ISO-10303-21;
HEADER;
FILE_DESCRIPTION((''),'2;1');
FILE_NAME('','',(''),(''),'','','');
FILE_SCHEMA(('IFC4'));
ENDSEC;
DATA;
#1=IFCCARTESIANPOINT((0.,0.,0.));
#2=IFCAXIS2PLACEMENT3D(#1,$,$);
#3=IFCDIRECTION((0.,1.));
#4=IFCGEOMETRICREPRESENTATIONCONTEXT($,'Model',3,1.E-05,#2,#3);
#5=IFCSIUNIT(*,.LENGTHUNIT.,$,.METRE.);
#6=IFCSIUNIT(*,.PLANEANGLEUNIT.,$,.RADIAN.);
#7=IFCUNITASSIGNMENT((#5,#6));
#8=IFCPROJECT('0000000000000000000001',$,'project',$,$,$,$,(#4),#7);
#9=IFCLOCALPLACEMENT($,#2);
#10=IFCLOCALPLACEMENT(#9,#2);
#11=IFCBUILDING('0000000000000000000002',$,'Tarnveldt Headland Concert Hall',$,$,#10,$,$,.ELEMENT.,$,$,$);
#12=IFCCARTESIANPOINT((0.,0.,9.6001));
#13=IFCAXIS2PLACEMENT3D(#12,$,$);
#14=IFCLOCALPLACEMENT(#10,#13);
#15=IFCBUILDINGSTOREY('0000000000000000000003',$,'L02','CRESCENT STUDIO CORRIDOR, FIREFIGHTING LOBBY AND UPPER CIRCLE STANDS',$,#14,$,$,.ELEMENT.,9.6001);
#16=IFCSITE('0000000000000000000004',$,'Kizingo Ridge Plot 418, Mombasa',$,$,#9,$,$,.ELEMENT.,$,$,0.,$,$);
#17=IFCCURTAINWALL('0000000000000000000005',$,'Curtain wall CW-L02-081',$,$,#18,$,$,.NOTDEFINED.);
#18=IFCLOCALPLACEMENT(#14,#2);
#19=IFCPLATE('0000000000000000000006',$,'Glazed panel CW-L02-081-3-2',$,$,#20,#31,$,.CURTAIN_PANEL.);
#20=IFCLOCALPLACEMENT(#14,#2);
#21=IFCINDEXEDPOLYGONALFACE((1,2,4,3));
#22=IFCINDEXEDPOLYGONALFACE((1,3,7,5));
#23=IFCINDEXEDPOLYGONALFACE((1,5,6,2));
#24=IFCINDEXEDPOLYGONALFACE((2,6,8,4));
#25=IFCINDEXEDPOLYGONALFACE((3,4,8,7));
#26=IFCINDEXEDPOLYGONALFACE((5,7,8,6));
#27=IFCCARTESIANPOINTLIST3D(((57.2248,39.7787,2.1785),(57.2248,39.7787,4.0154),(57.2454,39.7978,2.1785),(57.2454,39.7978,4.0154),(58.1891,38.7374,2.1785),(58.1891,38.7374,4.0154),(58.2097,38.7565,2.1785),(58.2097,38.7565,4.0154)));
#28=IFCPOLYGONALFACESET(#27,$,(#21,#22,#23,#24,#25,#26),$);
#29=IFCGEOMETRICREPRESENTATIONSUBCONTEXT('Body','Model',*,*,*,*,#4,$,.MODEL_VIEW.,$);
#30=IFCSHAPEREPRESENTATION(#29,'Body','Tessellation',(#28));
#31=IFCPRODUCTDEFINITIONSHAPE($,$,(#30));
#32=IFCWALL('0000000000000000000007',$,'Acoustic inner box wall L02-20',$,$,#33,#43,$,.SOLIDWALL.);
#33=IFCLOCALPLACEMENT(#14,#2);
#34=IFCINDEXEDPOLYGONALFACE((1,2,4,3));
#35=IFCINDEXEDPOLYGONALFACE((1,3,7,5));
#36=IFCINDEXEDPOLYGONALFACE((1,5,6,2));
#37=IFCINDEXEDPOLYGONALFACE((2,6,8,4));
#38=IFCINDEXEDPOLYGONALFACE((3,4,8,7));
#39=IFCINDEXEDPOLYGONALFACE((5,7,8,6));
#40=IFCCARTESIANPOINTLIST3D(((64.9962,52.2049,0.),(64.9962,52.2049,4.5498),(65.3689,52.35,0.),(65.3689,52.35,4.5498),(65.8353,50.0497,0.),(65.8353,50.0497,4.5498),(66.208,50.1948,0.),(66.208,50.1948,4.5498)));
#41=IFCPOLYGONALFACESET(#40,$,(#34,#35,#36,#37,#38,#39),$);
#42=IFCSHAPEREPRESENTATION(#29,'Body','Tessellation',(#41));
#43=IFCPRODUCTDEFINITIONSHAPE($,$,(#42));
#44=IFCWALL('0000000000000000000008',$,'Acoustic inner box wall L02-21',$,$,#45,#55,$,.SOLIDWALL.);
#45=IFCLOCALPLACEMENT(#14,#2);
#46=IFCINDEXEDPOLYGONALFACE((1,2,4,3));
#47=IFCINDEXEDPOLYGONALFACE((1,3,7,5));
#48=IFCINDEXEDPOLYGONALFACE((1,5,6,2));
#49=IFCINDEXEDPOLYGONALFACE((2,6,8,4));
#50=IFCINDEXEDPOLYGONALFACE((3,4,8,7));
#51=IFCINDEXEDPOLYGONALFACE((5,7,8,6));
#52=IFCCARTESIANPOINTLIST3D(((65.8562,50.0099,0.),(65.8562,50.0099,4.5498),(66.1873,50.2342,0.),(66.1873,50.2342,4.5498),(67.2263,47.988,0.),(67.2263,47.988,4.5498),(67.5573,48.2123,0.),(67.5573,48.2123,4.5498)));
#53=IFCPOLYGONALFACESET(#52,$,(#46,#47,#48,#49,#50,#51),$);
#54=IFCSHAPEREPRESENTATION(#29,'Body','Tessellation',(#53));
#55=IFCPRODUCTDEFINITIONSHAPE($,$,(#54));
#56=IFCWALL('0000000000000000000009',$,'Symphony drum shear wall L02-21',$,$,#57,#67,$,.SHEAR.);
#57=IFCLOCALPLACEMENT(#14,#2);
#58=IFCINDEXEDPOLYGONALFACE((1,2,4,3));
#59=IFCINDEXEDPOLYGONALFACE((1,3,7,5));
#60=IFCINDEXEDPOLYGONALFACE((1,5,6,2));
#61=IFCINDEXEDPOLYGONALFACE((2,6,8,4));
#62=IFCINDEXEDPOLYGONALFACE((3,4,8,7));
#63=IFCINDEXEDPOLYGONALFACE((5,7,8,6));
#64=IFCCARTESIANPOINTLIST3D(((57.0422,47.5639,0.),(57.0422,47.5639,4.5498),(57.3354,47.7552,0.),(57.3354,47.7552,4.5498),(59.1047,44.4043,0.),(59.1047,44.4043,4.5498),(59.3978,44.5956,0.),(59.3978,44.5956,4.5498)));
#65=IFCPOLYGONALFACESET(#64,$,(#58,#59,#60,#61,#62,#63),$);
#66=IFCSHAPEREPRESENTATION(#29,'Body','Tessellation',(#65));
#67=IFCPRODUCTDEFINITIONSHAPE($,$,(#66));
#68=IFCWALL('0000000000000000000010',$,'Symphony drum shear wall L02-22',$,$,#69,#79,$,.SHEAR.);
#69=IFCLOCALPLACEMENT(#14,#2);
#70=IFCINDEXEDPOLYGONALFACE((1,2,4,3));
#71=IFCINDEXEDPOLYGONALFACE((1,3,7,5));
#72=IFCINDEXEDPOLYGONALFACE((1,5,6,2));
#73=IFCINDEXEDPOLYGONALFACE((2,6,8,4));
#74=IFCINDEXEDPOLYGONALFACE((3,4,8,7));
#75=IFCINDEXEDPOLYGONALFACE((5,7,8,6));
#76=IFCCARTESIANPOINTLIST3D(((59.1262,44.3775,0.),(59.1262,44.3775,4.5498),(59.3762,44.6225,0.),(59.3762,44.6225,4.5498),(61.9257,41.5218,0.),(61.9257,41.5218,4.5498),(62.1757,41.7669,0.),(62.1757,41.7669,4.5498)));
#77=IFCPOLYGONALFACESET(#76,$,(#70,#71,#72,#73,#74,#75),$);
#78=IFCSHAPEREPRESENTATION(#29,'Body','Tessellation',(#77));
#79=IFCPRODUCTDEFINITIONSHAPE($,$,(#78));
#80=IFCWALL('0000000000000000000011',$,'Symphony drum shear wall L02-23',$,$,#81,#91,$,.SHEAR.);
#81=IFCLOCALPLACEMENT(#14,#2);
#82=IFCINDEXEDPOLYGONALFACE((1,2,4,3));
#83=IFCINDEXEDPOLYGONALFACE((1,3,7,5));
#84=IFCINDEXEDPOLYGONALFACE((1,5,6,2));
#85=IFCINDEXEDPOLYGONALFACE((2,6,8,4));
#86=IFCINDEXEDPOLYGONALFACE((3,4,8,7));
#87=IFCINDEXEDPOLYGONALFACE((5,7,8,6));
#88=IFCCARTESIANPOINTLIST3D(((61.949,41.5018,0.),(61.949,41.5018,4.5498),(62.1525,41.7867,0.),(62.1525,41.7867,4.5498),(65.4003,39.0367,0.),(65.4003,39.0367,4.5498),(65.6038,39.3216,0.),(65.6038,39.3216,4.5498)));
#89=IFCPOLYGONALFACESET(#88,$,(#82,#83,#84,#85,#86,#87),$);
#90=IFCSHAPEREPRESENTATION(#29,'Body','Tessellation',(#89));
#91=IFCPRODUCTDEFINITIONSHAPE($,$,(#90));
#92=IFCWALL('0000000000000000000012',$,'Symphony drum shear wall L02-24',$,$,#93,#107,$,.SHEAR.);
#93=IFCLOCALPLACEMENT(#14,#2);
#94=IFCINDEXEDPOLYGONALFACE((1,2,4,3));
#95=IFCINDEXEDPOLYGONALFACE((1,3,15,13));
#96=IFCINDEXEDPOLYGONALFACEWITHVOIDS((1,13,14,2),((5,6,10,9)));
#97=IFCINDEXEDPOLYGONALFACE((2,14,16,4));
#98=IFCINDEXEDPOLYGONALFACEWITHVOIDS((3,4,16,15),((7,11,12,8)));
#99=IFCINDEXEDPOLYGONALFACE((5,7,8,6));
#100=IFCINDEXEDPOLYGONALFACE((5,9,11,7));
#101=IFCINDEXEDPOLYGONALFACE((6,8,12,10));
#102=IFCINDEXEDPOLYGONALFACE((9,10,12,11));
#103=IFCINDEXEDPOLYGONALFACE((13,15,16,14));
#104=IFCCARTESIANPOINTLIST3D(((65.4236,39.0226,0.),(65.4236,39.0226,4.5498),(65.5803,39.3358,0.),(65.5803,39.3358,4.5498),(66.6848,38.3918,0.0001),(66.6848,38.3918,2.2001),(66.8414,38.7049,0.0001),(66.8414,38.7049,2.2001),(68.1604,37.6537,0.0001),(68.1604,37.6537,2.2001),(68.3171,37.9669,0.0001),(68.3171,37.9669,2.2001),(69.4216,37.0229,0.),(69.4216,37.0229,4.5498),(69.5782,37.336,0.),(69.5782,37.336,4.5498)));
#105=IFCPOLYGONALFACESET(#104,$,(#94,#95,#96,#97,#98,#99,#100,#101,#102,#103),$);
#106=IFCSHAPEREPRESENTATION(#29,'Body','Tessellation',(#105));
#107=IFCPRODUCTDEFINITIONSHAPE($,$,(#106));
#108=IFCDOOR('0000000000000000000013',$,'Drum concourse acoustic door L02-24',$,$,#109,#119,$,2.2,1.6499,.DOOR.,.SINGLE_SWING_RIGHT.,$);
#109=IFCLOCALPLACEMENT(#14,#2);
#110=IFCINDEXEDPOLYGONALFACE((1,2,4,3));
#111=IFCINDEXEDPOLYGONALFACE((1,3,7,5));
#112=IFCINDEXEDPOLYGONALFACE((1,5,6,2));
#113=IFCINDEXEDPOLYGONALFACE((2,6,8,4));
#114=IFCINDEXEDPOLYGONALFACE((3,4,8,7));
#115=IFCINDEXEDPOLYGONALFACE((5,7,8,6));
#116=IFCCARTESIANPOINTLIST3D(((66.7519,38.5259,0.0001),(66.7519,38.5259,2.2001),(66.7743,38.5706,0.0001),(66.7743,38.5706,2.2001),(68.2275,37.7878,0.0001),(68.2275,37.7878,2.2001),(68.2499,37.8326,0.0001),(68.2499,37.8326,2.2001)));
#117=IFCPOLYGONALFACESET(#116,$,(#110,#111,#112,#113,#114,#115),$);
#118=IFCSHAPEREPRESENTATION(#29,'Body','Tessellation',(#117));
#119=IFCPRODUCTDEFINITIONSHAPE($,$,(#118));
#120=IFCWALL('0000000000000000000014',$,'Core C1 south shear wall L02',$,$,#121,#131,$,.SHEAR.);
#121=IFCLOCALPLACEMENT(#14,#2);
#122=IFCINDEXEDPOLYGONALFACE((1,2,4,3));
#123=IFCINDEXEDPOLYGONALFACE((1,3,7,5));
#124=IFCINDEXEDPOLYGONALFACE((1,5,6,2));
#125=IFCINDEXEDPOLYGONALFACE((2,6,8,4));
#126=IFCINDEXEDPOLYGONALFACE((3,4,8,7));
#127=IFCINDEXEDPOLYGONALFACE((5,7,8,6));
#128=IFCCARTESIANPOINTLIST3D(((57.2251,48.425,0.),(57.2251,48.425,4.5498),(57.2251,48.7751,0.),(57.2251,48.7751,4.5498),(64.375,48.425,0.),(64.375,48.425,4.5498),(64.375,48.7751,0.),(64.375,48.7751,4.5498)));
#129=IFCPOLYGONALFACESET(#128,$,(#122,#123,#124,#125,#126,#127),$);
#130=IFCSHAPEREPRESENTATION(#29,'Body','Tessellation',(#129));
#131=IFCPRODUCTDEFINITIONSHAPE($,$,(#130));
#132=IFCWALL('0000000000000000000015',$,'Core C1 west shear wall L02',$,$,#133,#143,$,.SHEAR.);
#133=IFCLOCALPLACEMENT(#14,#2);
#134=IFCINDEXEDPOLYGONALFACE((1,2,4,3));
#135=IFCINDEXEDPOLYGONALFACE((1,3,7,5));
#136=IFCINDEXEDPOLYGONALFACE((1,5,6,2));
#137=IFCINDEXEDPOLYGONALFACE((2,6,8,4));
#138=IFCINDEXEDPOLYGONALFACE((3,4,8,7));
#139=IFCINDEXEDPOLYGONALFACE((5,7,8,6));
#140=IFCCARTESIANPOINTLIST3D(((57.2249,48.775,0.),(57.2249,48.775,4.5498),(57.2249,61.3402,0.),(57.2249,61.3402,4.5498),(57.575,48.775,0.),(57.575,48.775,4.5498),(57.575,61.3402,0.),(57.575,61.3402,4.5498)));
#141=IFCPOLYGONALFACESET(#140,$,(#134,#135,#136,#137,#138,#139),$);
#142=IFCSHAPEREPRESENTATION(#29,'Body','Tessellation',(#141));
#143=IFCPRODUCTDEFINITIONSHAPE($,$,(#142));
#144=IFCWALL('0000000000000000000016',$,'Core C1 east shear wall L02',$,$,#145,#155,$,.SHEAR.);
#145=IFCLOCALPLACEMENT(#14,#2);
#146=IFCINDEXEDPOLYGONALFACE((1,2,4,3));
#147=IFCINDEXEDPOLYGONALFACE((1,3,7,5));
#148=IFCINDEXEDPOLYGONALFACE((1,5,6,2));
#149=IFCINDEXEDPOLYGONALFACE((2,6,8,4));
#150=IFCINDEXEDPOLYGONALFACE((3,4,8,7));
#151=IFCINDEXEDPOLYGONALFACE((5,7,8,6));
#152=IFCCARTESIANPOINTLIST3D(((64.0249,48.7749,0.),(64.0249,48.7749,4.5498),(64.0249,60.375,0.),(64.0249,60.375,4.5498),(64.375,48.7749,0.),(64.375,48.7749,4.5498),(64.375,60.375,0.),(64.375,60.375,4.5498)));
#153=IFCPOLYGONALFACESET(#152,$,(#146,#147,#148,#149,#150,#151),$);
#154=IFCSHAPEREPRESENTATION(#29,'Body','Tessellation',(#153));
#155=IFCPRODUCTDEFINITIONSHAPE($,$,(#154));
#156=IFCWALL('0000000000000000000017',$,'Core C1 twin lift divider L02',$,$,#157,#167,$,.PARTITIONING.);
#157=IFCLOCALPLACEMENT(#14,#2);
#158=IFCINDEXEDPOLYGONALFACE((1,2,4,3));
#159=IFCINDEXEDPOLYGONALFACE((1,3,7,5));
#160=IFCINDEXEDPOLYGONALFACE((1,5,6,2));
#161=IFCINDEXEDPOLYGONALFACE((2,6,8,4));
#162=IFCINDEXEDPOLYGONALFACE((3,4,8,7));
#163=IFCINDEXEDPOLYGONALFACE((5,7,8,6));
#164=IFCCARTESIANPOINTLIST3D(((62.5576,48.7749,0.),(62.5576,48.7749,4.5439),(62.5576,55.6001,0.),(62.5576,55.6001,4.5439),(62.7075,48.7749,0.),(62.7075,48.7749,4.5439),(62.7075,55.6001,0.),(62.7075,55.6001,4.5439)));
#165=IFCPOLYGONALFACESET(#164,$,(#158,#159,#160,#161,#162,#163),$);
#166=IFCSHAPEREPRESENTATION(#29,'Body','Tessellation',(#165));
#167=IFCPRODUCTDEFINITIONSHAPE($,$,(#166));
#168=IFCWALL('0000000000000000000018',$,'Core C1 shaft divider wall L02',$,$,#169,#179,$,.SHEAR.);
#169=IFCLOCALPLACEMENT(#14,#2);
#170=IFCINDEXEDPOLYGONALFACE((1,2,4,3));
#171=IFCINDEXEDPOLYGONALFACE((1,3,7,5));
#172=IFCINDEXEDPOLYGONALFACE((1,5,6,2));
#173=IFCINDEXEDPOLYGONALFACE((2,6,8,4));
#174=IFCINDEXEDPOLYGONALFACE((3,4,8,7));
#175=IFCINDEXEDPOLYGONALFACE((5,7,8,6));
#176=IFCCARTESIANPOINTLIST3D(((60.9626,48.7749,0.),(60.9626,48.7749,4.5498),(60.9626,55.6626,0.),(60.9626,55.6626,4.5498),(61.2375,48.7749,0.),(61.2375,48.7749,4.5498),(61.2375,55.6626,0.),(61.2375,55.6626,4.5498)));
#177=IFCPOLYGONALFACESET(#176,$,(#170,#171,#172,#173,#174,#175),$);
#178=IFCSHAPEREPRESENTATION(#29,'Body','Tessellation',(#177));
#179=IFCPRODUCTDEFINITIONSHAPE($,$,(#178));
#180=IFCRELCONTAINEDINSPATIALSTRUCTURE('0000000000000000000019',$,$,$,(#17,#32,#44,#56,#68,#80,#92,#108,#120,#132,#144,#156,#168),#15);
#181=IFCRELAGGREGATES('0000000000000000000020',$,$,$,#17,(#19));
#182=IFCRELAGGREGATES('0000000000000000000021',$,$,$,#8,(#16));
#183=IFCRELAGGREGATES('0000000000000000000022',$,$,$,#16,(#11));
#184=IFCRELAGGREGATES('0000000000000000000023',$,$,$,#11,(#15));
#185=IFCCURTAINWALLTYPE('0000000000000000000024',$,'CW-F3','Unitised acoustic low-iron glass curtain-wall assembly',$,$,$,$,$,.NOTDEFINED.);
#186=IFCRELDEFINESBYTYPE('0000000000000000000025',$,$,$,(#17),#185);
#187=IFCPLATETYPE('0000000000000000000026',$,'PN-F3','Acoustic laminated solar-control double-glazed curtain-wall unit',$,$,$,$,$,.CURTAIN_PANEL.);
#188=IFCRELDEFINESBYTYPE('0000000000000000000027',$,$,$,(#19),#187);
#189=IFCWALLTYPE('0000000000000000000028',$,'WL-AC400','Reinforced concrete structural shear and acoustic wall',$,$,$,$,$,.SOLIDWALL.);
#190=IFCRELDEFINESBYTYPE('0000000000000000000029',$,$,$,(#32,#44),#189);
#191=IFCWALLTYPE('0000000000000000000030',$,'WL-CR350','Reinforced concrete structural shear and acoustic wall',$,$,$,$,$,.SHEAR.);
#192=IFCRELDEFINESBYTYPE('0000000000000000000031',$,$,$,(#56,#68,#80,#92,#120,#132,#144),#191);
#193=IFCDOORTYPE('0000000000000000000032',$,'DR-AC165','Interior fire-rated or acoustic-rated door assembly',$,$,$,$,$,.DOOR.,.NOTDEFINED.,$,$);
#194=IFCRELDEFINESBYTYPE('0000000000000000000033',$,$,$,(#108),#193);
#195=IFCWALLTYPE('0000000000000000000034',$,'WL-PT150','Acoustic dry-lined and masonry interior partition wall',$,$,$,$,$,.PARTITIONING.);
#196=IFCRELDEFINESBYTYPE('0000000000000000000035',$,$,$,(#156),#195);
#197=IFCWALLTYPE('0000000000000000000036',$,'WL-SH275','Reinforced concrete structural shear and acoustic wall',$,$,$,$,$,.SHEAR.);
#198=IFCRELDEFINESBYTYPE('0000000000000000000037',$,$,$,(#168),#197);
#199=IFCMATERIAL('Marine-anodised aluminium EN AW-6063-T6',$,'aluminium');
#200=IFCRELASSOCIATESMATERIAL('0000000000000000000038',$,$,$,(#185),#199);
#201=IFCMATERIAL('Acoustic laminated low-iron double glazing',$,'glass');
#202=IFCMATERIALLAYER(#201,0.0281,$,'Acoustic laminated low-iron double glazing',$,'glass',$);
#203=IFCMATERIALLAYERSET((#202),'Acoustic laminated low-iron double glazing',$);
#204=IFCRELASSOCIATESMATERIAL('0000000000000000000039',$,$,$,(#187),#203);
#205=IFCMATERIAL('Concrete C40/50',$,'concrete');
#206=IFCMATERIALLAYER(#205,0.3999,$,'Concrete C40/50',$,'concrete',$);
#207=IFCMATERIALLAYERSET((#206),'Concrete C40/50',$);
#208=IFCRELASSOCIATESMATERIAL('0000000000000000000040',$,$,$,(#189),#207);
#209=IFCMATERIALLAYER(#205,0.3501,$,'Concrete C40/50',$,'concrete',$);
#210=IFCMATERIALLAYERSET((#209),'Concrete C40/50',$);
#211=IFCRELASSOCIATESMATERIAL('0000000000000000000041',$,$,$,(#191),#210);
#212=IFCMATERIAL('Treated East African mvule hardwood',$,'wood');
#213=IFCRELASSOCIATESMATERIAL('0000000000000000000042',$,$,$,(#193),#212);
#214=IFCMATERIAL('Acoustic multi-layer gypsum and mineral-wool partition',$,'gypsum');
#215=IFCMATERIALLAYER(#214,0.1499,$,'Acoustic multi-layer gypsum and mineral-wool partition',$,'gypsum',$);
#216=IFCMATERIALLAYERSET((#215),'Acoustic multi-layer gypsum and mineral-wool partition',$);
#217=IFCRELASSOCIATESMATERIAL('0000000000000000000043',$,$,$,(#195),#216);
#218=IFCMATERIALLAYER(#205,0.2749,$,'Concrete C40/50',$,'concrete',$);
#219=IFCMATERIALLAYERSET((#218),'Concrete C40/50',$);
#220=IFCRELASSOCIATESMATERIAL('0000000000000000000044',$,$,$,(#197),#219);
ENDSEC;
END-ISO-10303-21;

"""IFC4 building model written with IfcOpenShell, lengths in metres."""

from ifc_helpers import new_model, si_unit, direction, frame, frame_2d, origin, origin_2d, place, context, subcontext, project, spatial, rectangle, extrude, material, layer, layer_set, type_object, element, fill, aggregate, save


model = new_model("IFC4")

# Units and contexts
model_context = context("Model", 3, precision=1e-05, world=origin(), true_north=direction((0.0, 1.0)))
body_context = subcontext(model_context, "Body", "Model", "MODEL_VIEW")
ifc_project = project(units=[si_unit("LENGTHUNIT", "METRE"), si_unit("PLANEANGLEUNIT", "RADIAN")], contexts=[model_context])

# Site, building, storey
site_placement = place(None, origin())
site = spatial("IfcSite", under=ifc_project, at=site_placement, Name="Kizingo Ridge Plot 418, Mombasa", CompositionType="ELEMENT", RefElevation=0.0)
building_placement = place(site_placement, origin())
building = spatial("IfcBuilding", under=site, at=building_placement, Name="Tarnveldt Headland Concert Hall", CompositionType="ELEMENT")
storey_placement = place(building_placement, frame((0.0, 0.0, 9.6001)))
storey = spatial("IfcBuildingStorey", under=building, at=storey_placement, Name="L02", Description="CRESCENT STUDIO CORRIDOR, FIREFIGHTING LOBBY AND UPPER CIRCLE STANDS", CompositionType="ELEMENT", Elevation=9.6001)

# Shared definitions
ifc_material_1 = material(Name="Concrete C40/50", Category="concrete")

# Curtain wall
ifc_material_2 = material(Name="Marine-anodised aluminium EN AW-6063-T6", Category="aluminium")
curtain_wall_type = type_object("IfcCurtainWallType", Name="CW-F3", Description="Unitised acoustic low-iron glass curtain-wall assembly", PredefinedType="NOTDEFINED", material=ifc_material_2)
curtain_wall_placement = place(storey_placement, origin())
curtain_wall = element("IfcCurtainWall", 1, at=curtain_wall_placement, inside=storey, type_object=curtain_wall_type, Name="Curtain wall CW-L02-081", PredefinedType="NOTDEFINED")

# Plate
ifc_material_3 = material(Name="Acoustic laminated low-iron double glazing", Category="glass")
ifc_layer_1 = layer(ifc_material_3, 0.0281, Name="Acoustic laminated low-iron double glazing", Category="glass")
ifc_layer_set_1 = layer_set([ifc_layer_1], Name="Acoustic laminated low-iron double glazing")
plate_type = type_object("IfcPlateType", Name="PN-F3", Description="Acoustic laminated solar-control double-glazed curtain-wall unit", PredefinedType="CURTAIN_PANEL", material=ifc_layer_set_1)
plate_1_placement = place(storey_placement, frame((57.7173, 39.2676, 2.1785), z_axis=(0.0, 0.0, 1.0), x_axis=(0.679467, -0.733706, 0.0)))
plate_1 = element("IfcPlate", 2, at=plate_1_placement, type_object=plate_type, Name="Glazed panel CW-L02-081-3-2", PredefinedType="CURTAIN_PANEL", context=body_context, shape_type="SweptSolid", body=[
    extrude(rectangle(XDim=1.4192, YDim=0.0281, at=origin_2d()), origin(), (0.0, 0.0, 1.0), 1.8369),
])
aggregate(curtain_wall, [plate_1])

# Walls
ifc_layer_2 = layer(ifc_material_1, 0.3999, Name="Concrete C40/50", Category="concrete")
ifc_layer_set_2 = layer_set([ifc_layer_2], Name="Concrete C40/50")
wall_type_1 = type_object("IfcWallType", Name="WL-AC400", Description="Reinforced concrete structural shear and acoustic wall", PredefinedType="SOLIDWALL", material=ifc_layer_set_2)
wall_1_placement = place(storey_placement, frame((65.1826, 52.2773, 0.0), z_axis=(0.0, 0.0, 1.0), x_axis=(0.362803, -0.931866, 0.0)))
element("IfcWall", 3, at=wall_1_placement, inside=storey, type_object=wall_type_1, Name="Acoustic inner box wall L02-20", PredefinedType="SOLIDWALL", context=body_context, shape_type="SweptSolid", body=[
    extrude(rectangle(XDim=2.3127, YDim=0.3999, at=frame_2d((1.1562, 0.0))), origin(), (0.0, 0.0, 1.0), 4.5498),
])
wall_2_placement = place(storey_placement, frame((66.0217, 50.1221, 0.0), z_axis=(0.0, 0.0, 1.0), x_axis=(0.560959, -0.827844, 0.0)))
element("IfcWall", 4, at=wall_2_placement, inside=storey, type_object=wall_type_1, Name="Acoustic inner box wall L02-21", PredefinedType="SOLIDWALL", context=body_context, shape_type="SweptSolid", body=[
    extrude(rectangle(XDim=2.4424, YDim=0.3999, at=frame_2d((1.2212, 0.0))), origin(), (0.0, 0.0, 1.0), 4.5498),
])
ifc_layer_3 = layer(ifc_material_1, 0.3501, Name="Concrete C40/50", Category="concrete")
ifc_layer_set_3 = layer_set([ifc_layer_3], Name="Concrete C40/50")
wall_type_2 = type_object("IfcWallType", Name="WL-CR350", Description="Reinforced concrete structural shear and acoustic wall", PredefinedType="SHEAR", material=ifc_layer_set_3)
wall_3_placement = place(storey_placement, frame((57.1887, 47.6597, 0.0), z_axis=(0.0, 0.0, 1.0), x_axis=(0.546611, -0.837387, 0.0)))
element("IfcWall", 5, at=wall_3_placement, inside=storey, type_object=wall_type_2, Name="Symphony drum shear wall L02-21", PredefinedType="SHEAR", context=body_context, shape_type="SweptSolid", body=[
    extrude(rectangle(XDim=3.7732, YDim=0.3501, at=frame_2d((1.8867, 0.0))), origin(), (0.0, 0.0, 1.0), 4.5498),
])
wall_4_placement = place(storey_placement, frame((59.2512, 44.5, 0.0), z_axis=(0.0, 0.0, 1.0), x_axis=(0.700051, -0.714093, 0.0)))
element("IfcWall", 6, at=wall_4_placement, inside=storey, type_object=wall_type_2, Name="Symphony drum shear wall L02-22", PredefinedType="SHEAR", context=body_context, shape_type="SweptSolid", body=[
    extrude(rectangle(XDim=3.999, YDim=0.3501, at=frame_2d((1.9995, 0.0))), origin(), (0.0, 0.0, 1.0), 4.5498),
])
wall_5_placement = place(storey_placement, frame((62.0508, 41.6443, 0.0), z_axis=(0.0, 0.0, 1.0), x_axis=(0.813737, -0.581233, 0.0)))
element("IfcWall", 7, at=wall_5_placement, inside=storey, type_object=wall_type_2, Name="Symphony drum shear wall L02-23", PredefinedType="SHEAR", context=body_context, shape_type="SweptSolid", body=[
    extrude(rectangle(XDim=4.2412, YDim=0.3501, at=frame_2d((2.1206, 0.0))), origin(), (0.0, 0.0, 1.0), 4.5498),
])

# Wall, opening, door
wall_6_placement = place(storey_placement, frame((65.502, 39.1792, 0.0), z_axis=(0.0, 0.0, 1.0), x_axis=(0.894362, -0.447345, 0.0)))
wall_6 = element("IfcWall", 8, at=wall_6_placement, inside=storey, type_object=wall_type_2, Name="Symphony drum shear wall L02-24", PredefinedType="SHEAR", context=body_context, shape_type="SweptSolid", body=[
    extrude(rectangle(XDim=4.4702, YDim=0.3501, at=frame_2d((2.2351, 0.0))), origin(), (0.0, 0.0, 1.0), 4.5498),
])
opening_placement = place(wall_6_placement, frame((1.4102, 0.0, 0.0)))
opening = element("IfcOpeningElement", 9, at=opening_placement, cuts=wall_6, PredefinedType="OPENING", context=body_context, shape_type="SweptSolid", body=[
    extrude(rectangle(XDim=1.6499, YDim=2.2, at=frame_2d((0.825, 1.1001))), frame((0.0, 0.1851, 0.0), z_axis=(0.0, -1.0, 0.0), x_axis=(1.0, 0.0, 0.0)), (0.0, 0.0, 1.0), 0.3701),
])
ifc_material_4 = material(Name="Treated East African mvule hardwood", Category="wood")
door_type = type_object("IfcDoorType", Name="DR-AC165", Description="Interior fire-rated or acoustic-rated door assembly", OperationType="NOTDEFINED", PredefinedType="DOOR", material=ifc_material_4)
door_placement = place(opening_placement, origin())
door = element("IfcDoor", 10, at=door_placement, inside=storey, type_object=door_type, Name="Drum concourse acoustic door L02-24", OperationType="SINGLE_SWING_RIGHT", OverallHeight=2.2, OverallWidth=1.6499, PredefinedType="DOOR", context=body_context, shape_type="SweptSolid", body=[
    extrude(rectangle(XDim=1.6499, YDim=2.2, at=frame_2d((0.825, 1.1001))), frame((0.0, 0.0249, 0.0), z_axis=(0.0, -1.0, 0.0), x_axis=(1.0, 0.0, 0.0)), (0.0, 0.0, 1.0), 0.05),
])
fill(opening, door)

# Walls
wall_7_placement = place(storey_placement, frame((57.2251, 48.6001, 0.0), z_axis=(0.0, 0.0, 1.0), x_axis=(1.0, 0.0, 0.0)))
element("IfcWall", 11, at=wall_7_placement, inside=storey, type_object=wall_type_2, Name="Core C1 south shear wall L02", PredefinedType="SHEAR", context=body_context, shape_type="SweptSolid", body=[
    extrude(rectangle(XDim=7.1499, YDim=0.3501, at=frame_2d((3.575, 0.0))), origin(), (0.0, 0.0, 1.0), 4.5498),
])
wall_8_placement = place(storey_placement, frame((57.3999, 48.7749, 0.0), z_axis=(0.0, 0.0, 1.0), x_axis=(0.0, 1.0, 0.0)))
element("IfcWall", 12, at=wall_8_placement, inside=storey, type_object=wall_type_2, Name="Core C1 west shear wall L02", PredefinedType="SHEAR", context=body_context, shape_type="SweptSolid", body=[
    extrude(rectangle(XDim=12.5652, YDim=0.3501, at=frame_2d((6.2827, 0.0))), origin(), (0.0, 0.0, 1.0), 4.5498),
])
wall_9_placement = place(storey_placement, frame((64.2, 48.7749, 0.0), z_axis=(0.0, 0.0, 1.0), x_axis=(0.0, 1.0, 0.0)))
element("IfcWall", 13, at=wall_9_placement, inside=storey, type_object=wall_type_2, Name="Core C1 east shear wall L02", PredefinedType="SHEAR", context=body_context, shape_type="SweptSolid", body=[
    extrude(rectangle(XDim=11.6001, YDim=0.3501, at=frame_2d((5.8, 0.0))), origin(), (0.0, 0.0, 1.0), 4.5498),
])
ifc_material_5 = material(Name="Acoustic multi-layer gypsum and mineral-wool partition", Category="gypsum")
ifc_layer_4 = layer(ifc_material_5, 0.1499, Name="Acoustic multi-layer gypsum and mineral-wool partition", Category="gypsum")
ifc_layer_set_4 = layer_set([ifc_layer_4], Name="Acoustic multi-layer gypsum and mineral-wool partition")
wall_type_3 = type_object("IfcWallType", Name="WL-PT150", Description="Acoustic dry-lined and masonry interior partition wall", PredefinedType="PARTITIONING", material=ifc_layer_set_4)
wall_10_placement = place(storey_placement, frame((62.6326, 48.7749, 0.0), z_axis=(0.0, 0.0, 1.0), x_axis=(0.0, 1.0, 0.0)))
element("IfcWall", 14, at=wall_10_placement, inside=storey, type_object=wall_type_3, Name="Core C1 twin lift divider L02", PredefinedType="PARTITIONING", context=body_context, shape_type="SweptSolid", body=[
    extrude(rectangle(XDim=6.8252, YDim=0.1499, at=frame_2d((3.4126, 0.0))), origin(), (0.0, 0.0, 1.0), 4.5439),
])
ifc_layer_5 = layer(ifc_material_1, 0.2749, Name="Concrete C40/50", Category="concrete")
ifc_layer_set_5 = layer_set([ifc_layer_5], Name="Concrete C40/50")
wall_type_4 = type_object("IfcWallType", Name="WL-SH275", Description="Reinforced concrete structural shear and acoustic wall", PredefinedType="SHEAR", material=ifc_layer_set_5)
wall_11_placement = place(storey_placement, frame((61.1001, 48.7749, 0.0), z_axis=(0.0, 0.0, 1.0), x_axis=(0.0, 1.0, 0.0)))
element("IfcWall", 15, at=wall_11_placement, inside=storey, type_object=wall_type_4, Name="Core C1 shaft divider wall L02", PredefinedType="SHEAR", context=body_context, shape_type="SweptSolid", body=[
    extrude(rectangle(XDim=6.8877, YDim=0.2749, at=frame_2d((3.4438, 0.0))), origin(), (0.0, 0.0, 1.0), 4.5498),
])

save(model, "model.ifc")
